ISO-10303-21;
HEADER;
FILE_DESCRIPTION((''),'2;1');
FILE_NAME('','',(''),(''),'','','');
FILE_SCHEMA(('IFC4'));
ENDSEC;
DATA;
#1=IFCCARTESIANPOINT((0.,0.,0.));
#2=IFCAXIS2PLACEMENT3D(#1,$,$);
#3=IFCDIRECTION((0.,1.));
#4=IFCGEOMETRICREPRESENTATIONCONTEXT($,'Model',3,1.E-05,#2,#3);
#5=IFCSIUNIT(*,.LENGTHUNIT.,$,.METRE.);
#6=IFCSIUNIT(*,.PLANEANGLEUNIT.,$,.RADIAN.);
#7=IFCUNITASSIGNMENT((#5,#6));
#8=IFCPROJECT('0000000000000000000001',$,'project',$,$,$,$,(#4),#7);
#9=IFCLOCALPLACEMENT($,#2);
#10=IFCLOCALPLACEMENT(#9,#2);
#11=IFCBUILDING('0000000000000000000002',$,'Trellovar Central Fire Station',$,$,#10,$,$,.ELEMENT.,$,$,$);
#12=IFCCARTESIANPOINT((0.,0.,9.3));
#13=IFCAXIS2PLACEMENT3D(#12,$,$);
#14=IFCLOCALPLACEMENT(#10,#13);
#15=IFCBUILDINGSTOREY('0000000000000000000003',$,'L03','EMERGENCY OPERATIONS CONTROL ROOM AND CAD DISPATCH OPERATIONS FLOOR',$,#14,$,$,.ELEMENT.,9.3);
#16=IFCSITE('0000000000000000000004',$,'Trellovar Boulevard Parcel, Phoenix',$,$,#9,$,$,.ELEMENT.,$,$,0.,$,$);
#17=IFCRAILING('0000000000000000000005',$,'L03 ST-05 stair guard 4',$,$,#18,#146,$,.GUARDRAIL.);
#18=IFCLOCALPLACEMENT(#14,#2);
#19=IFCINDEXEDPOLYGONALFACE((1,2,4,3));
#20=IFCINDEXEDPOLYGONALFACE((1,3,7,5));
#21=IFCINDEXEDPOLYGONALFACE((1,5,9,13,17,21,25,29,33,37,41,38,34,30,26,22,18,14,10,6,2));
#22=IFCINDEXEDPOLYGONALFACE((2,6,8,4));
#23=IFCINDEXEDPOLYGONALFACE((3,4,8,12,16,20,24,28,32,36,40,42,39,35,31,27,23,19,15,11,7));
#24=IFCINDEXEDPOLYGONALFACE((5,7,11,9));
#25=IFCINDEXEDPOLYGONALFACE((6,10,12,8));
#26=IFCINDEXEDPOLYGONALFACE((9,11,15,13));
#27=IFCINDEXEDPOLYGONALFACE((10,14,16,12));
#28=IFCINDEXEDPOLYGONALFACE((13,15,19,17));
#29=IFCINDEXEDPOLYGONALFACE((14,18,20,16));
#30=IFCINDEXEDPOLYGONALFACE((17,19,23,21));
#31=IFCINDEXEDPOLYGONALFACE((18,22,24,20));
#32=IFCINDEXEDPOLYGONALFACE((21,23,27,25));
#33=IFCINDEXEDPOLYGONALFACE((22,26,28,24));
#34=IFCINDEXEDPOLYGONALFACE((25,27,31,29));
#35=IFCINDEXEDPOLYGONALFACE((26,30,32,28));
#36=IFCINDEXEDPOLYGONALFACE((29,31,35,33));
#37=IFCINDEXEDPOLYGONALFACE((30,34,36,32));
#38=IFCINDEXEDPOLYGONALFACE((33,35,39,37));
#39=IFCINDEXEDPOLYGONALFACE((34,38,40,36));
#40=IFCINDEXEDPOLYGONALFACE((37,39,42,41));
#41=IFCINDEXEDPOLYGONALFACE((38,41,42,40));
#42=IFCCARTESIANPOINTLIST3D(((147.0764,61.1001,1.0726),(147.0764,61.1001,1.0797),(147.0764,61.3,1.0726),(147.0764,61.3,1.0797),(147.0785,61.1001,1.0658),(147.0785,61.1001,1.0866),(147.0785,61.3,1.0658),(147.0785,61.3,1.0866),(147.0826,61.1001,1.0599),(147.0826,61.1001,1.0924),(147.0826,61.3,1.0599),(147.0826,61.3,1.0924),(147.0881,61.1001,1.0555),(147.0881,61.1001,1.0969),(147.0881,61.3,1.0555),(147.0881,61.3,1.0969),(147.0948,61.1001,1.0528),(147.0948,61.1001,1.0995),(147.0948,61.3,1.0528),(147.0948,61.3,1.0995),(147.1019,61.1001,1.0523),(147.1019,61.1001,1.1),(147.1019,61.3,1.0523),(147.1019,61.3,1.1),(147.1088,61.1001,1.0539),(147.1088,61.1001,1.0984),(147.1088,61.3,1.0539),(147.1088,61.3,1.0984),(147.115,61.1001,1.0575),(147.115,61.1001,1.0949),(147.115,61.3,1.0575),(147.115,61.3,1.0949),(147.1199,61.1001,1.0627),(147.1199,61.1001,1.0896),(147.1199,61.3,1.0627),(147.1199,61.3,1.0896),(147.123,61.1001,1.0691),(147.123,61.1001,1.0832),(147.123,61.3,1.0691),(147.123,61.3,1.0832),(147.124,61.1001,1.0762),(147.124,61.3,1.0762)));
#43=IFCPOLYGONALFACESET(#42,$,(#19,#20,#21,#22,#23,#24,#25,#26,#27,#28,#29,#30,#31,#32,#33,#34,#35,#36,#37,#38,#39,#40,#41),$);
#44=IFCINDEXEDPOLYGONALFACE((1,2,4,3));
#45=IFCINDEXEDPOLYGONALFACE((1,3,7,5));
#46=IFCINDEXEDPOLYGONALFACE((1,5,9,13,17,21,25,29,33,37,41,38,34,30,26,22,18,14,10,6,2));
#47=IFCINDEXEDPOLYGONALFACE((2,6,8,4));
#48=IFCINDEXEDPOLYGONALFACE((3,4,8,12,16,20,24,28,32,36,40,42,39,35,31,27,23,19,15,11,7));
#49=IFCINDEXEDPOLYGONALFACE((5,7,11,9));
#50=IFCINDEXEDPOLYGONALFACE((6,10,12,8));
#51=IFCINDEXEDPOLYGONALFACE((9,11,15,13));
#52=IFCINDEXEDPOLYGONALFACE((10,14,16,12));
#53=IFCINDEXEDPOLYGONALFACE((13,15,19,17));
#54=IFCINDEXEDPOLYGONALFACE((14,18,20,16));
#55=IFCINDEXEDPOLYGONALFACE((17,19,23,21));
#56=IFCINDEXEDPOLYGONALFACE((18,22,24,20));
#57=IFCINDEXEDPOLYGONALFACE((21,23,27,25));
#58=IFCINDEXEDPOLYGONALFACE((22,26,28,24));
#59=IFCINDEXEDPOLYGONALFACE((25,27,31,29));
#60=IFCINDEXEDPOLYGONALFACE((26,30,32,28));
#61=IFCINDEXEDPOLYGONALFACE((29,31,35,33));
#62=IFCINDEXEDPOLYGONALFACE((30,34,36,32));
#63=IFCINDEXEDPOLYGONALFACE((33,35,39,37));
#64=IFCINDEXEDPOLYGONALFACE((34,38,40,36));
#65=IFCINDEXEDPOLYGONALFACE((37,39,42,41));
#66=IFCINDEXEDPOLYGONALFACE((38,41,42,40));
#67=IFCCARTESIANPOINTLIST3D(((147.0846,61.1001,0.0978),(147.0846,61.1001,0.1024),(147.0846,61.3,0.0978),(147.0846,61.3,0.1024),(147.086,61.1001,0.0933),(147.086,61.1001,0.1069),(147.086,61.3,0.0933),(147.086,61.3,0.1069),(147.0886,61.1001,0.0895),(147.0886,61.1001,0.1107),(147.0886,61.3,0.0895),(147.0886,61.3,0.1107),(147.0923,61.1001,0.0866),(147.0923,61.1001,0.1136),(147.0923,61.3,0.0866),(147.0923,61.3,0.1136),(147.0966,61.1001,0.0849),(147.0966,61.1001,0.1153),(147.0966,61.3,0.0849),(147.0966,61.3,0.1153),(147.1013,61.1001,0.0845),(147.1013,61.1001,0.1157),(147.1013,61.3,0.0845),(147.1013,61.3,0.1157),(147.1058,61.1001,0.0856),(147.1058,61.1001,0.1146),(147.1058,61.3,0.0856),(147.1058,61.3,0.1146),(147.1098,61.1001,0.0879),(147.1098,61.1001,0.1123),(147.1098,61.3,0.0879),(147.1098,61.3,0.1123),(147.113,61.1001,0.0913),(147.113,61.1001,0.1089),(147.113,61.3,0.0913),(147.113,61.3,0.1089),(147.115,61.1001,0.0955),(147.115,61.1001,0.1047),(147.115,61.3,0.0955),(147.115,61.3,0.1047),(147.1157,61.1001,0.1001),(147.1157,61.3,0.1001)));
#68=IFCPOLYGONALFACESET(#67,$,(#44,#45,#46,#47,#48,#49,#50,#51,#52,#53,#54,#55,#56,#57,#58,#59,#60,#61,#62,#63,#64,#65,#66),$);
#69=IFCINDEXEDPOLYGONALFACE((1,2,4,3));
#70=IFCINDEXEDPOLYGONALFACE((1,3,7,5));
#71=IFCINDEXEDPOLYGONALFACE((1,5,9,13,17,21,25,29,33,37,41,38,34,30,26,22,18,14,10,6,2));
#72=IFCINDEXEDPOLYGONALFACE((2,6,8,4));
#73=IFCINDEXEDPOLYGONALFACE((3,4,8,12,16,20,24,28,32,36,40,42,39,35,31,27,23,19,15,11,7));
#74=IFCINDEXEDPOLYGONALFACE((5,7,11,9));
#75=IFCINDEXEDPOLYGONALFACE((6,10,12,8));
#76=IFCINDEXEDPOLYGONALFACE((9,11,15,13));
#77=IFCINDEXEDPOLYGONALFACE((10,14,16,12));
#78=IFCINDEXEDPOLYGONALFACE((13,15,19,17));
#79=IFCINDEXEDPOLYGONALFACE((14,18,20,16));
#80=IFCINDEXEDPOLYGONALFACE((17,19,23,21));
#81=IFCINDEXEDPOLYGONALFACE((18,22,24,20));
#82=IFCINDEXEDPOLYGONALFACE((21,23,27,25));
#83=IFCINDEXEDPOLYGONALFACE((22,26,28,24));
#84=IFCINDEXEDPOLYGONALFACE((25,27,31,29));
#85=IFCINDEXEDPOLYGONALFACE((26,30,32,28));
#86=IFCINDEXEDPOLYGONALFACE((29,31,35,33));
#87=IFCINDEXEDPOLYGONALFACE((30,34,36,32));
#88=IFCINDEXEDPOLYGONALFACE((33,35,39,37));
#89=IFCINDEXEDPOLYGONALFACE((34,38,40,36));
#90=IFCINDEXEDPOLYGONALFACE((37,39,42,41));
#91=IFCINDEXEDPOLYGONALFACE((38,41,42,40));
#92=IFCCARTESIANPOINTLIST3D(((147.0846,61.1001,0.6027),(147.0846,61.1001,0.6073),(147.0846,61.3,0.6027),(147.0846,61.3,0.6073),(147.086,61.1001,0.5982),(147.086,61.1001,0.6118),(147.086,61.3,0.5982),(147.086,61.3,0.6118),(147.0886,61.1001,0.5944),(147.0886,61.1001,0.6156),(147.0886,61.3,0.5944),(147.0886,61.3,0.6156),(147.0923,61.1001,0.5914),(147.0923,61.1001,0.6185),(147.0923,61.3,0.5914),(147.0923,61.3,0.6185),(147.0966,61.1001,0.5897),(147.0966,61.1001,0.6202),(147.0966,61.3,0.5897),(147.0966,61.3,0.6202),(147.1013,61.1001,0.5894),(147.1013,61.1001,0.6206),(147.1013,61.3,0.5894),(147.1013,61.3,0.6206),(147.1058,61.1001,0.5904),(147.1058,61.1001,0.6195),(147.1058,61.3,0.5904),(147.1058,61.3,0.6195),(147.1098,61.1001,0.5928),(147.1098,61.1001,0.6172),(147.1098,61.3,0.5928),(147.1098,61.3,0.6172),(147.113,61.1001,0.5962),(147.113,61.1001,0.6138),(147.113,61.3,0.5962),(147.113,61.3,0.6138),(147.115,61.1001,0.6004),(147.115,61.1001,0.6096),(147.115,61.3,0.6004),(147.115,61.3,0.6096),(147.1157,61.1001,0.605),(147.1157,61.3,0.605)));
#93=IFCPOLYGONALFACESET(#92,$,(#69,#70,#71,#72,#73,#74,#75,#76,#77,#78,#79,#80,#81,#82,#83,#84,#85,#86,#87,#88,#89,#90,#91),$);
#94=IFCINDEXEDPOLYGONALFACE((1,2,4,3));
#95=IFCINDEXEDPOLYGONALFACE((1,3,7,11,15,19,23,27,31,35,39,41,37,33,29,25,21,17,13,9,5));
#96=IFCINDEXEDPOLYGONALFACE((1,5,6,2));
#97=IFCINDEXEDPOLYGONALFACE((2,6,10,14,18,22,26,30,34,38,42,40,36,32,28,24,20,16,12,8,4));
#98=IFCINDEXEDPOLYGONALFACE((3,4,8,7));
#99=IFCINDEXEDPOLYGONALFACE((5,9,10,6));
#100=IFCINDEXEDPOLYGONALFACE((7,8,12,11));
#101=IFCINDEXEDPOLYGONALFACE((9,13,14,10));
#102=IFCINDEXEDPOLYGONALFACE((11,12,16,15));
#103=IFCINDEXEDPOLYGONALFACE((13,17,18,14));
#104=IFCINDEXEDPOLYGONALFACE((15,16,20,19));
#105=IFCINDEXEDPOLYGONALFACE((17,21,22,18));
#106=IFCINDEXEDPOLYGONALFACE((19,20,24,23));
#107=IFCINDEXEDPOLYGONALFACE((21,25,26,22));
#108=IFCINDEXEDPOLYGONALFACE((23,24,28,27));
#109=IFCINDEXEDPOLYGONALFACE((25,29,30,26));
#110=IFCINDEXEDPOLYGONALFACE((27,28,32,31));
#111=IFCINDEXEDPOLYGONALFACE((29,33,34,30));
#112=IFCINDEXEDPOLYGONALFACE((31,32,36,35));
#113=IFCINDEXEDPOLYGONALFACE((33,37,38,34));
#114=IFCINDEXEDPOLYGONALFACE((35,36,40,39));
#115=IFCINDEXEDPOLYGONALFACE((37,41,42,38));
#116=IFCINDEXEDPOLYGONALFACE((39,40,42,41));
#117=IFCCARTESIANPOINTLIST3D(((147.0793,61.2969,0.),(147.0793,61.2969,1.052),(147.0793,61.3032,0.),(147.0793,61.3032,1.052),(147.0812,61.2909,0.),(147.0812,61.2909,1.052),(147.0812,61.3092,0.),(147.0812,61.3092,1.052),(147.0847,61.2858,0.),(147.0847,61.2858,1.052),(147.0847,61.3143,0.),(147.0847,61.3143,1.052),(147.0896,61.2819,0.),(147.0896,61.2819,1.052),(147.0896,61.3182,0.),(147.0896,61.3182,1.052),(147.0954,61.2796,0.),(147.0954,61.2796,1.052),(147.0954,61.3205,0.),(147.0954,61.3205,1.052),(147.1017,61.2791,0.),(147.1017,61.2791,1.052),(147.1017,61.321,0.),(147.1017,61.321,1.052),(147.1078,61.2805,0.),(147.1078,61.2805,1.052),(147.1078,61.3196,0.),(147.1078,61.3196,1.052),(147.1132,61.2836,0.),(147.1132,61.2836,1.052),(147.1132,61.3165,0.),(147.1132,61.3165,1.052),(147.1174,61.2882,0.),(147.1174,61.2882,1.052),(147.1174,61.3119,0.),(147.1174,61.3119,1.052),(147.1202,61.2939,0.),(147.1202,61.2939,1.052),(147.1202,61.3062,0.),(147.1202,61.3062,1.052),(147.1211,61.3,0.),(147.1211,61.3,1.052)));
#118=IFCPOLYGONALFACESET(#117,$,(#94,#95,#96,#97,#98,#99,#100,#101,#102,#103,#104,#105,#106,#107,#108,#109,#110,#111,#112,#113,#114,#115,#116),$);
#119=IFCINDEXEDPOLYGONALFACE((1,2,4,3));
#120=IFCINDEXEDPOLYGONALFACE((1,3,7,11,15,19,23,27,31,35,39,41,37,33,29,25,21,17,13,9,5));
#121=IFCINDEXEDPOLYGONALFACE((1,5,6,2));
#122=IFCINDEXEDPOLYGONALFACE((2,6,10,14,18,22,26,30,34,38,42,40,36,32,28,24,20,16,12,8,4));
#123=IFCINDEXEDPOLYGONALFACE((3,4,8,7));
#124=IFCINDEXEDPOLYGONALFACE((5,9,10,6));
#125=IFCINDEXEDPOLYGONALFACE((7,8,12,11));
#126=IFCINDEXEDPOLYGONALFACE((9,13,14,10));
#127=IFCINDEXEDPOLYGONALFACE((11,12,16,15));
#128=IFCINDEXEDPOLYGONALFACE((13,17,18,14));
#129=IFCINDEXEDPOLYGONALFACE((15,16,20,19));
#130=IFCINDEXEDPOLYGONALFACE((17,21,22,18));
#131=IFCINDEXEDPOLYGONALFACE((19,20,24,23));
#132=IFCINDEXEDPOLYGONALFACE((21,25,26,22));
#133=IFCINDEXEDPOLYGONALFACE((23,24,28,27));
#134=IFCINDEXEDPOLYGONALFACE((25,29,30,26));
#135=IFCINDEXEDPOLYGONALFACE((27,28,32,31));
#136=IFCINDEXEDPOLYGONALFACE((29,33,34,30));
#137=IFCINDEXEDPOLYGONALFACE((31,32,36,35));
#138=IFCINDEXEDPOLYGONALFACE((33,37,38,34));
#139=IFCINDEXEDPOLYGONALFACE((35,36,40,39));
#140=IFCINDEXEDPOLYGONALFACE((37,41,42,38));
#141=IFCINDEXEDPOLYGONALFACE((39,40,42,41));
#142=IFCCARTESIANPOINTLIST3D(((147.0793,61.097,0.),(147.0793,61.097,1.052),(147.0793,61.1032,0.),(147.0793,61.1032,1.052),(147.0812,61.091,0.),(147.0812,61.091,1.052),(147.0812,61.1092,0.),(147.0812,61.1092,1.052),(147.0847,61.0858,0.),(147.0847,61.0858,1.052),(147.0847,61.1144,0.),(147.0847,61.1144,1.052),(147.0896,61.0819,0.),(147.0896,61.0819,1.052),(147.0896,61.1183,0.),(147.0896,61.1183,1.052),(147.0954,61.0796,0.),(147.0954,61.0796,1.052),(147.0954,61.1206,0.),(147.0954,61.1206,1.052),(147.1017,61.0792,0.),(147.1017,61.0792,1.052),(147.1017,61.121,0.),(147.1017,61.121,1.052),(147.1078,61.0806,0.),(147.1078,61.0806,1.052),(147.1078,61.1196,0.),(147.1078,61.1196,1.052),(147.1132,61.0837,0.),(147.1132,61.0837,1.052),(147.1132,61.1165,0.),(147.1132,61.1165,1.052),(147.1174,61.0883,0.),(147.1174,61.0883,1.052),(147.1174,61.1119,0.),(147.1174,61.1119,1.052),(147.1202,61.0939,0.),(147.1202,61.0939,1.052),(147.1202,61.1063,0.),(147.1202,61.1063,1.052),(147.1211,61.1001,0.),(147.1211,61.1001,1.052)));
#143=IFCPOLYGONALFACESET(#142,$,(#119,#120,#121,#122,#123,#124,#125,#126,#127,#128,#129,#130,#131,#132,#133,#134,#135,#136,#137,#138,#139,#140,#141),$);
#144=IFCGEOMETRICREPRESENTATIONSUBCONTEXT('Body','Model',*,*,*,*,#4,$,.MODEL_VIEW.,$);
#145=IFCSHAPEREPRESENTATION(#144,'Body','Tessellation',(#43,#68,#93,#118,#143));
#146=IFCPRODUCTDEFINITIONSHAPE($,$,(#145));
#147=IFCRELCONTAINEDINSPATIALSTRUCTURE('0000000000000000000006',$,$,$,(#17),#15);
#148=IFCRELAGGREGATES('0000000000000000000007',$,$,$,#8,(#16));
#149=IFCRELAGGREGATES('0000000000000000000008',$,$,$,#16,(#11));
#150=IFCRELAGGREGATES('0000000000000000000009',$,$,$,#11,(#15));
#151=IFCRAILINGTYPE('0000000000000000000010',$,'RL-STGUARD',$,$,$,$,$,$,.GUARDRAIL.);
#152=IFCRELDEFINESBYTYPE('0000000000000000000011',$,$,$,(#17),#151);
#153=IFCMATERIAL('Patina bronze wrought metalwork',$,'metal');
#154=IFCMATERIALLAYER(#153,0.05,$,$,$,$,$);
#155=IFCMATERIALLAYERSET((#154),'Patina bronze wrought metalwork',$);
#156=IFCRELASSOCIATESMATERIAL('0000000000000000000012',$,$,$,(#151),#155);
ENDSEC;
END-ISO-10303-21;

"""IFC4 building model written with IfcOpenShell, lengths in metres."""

from ifc_helpers import new_model, si_unit, direction, frame, origin, origin_2d, place, context, subcontext, project, spatial, circle, extrude, material, layer, layer_set, type_object, element, save


model = new_model("IFC4")

# Units and contexts
model_context = context("Model", 3, precision=1e-05, world=origin(), true_north=direction((0.0, 1.0)))
body_context = subcontext(model_context, "Body", "Model", "MODEL_VIEW")
ifc_project = project(units=[si_unit("LENGTHUNIT", "METRE"), si_unit("PLANEANGLEUNIT", "RADIAN")], contexts=[model_context])

# Site, building, storey
site_placement = place(None, origin())
site = spatial("IfcSite", under=ifc_project, at=site_placement, Name="Trellovar Boulevard Parcel, Phoenix", CompositionType="ELEMENT", RefElevation=0.0)
building_placement = place(site_placement, origin())
building = spatial("IfcBuilding", under=site, at=building_placement, Name="Trellovar Central Fire Station", CompositionType="ELEMENT")
storey_placement = place(building_placement, frame((0.0, 0.0, 9.3)))
storey = spatial("IfcBuildingStorey", under=building, at=storey_placement, Name="L03", Description="EMERGENCY OPERATIONS CONTROL ROOM AND CAD DISPATCH OPERATIONS FLOOR", CompositionType="ELEMENT", Elevation=9.3)

# Railing
ifc_material_1 = material(Name="Patina bronze wrought metalwork", Category="metal")
ifc_layer_1 = layer(ifc_material_1, 0.05)
ifc_layer_set_1 = layer_set([ifc_layer_1], Name="Patina bronze wrought metalwork")
railing_type_1 = type_object("IfcRailingType", Name="RL-STGUARD", PredefinedType="GUARDRAIL", material=ifc_layer_set_1)
railing_1_placement = place(storey_placement, frame((147.1001, 61.3, 0.0)))
element("IfcRailing", 1, at=railing_1_placement, inside=storey, type_object=railing_type_1, Name="L03 ST-05 stair guard 4", PredefinedType="GUARDRAIL", context=body_context, shape_type="SweptSolid", body=[
    extrude(circle(Radius=0.0239, at=origin_2d()), frame((0.0, 0.0, 1.0762), z_axis=(0.0, -1.0, 0.0), x_axis=(1.0, 0.0, 0.0)), (0.0, 0.0, 1.0), 0.2),
    extrude(circle(Radius=0.0156, at=origin_2d()), frame((0.0, 0.0, 0.1001), z_axis=(0.0, -1.0, 0.0), x_axis=(1.0, 0.0, 0.0)), (0.0, 0.0, 1.0), 0.2),
    extrude(circle(Radius=0.0156, at=origin_2d()), frame((0.0, 0.0, 0.605), z_axis=(0.0, -1.0, 0.0), x_axis=(1.0, 0.0, 0.0)), (0.0, 0.0, 1.0), 0.2),
    extrude(circle(Radius=0.021, at=origin_2d()), origin(), (0.0, 0.0, 1.0), 1.052),
    extrude(circle(Radius=0.021, at=origin_2d()), frame((0.0, -0.2, 0.0)), (0.0, 0.0, 1.0), 1.052),
])

save(model, "model.ifc")
